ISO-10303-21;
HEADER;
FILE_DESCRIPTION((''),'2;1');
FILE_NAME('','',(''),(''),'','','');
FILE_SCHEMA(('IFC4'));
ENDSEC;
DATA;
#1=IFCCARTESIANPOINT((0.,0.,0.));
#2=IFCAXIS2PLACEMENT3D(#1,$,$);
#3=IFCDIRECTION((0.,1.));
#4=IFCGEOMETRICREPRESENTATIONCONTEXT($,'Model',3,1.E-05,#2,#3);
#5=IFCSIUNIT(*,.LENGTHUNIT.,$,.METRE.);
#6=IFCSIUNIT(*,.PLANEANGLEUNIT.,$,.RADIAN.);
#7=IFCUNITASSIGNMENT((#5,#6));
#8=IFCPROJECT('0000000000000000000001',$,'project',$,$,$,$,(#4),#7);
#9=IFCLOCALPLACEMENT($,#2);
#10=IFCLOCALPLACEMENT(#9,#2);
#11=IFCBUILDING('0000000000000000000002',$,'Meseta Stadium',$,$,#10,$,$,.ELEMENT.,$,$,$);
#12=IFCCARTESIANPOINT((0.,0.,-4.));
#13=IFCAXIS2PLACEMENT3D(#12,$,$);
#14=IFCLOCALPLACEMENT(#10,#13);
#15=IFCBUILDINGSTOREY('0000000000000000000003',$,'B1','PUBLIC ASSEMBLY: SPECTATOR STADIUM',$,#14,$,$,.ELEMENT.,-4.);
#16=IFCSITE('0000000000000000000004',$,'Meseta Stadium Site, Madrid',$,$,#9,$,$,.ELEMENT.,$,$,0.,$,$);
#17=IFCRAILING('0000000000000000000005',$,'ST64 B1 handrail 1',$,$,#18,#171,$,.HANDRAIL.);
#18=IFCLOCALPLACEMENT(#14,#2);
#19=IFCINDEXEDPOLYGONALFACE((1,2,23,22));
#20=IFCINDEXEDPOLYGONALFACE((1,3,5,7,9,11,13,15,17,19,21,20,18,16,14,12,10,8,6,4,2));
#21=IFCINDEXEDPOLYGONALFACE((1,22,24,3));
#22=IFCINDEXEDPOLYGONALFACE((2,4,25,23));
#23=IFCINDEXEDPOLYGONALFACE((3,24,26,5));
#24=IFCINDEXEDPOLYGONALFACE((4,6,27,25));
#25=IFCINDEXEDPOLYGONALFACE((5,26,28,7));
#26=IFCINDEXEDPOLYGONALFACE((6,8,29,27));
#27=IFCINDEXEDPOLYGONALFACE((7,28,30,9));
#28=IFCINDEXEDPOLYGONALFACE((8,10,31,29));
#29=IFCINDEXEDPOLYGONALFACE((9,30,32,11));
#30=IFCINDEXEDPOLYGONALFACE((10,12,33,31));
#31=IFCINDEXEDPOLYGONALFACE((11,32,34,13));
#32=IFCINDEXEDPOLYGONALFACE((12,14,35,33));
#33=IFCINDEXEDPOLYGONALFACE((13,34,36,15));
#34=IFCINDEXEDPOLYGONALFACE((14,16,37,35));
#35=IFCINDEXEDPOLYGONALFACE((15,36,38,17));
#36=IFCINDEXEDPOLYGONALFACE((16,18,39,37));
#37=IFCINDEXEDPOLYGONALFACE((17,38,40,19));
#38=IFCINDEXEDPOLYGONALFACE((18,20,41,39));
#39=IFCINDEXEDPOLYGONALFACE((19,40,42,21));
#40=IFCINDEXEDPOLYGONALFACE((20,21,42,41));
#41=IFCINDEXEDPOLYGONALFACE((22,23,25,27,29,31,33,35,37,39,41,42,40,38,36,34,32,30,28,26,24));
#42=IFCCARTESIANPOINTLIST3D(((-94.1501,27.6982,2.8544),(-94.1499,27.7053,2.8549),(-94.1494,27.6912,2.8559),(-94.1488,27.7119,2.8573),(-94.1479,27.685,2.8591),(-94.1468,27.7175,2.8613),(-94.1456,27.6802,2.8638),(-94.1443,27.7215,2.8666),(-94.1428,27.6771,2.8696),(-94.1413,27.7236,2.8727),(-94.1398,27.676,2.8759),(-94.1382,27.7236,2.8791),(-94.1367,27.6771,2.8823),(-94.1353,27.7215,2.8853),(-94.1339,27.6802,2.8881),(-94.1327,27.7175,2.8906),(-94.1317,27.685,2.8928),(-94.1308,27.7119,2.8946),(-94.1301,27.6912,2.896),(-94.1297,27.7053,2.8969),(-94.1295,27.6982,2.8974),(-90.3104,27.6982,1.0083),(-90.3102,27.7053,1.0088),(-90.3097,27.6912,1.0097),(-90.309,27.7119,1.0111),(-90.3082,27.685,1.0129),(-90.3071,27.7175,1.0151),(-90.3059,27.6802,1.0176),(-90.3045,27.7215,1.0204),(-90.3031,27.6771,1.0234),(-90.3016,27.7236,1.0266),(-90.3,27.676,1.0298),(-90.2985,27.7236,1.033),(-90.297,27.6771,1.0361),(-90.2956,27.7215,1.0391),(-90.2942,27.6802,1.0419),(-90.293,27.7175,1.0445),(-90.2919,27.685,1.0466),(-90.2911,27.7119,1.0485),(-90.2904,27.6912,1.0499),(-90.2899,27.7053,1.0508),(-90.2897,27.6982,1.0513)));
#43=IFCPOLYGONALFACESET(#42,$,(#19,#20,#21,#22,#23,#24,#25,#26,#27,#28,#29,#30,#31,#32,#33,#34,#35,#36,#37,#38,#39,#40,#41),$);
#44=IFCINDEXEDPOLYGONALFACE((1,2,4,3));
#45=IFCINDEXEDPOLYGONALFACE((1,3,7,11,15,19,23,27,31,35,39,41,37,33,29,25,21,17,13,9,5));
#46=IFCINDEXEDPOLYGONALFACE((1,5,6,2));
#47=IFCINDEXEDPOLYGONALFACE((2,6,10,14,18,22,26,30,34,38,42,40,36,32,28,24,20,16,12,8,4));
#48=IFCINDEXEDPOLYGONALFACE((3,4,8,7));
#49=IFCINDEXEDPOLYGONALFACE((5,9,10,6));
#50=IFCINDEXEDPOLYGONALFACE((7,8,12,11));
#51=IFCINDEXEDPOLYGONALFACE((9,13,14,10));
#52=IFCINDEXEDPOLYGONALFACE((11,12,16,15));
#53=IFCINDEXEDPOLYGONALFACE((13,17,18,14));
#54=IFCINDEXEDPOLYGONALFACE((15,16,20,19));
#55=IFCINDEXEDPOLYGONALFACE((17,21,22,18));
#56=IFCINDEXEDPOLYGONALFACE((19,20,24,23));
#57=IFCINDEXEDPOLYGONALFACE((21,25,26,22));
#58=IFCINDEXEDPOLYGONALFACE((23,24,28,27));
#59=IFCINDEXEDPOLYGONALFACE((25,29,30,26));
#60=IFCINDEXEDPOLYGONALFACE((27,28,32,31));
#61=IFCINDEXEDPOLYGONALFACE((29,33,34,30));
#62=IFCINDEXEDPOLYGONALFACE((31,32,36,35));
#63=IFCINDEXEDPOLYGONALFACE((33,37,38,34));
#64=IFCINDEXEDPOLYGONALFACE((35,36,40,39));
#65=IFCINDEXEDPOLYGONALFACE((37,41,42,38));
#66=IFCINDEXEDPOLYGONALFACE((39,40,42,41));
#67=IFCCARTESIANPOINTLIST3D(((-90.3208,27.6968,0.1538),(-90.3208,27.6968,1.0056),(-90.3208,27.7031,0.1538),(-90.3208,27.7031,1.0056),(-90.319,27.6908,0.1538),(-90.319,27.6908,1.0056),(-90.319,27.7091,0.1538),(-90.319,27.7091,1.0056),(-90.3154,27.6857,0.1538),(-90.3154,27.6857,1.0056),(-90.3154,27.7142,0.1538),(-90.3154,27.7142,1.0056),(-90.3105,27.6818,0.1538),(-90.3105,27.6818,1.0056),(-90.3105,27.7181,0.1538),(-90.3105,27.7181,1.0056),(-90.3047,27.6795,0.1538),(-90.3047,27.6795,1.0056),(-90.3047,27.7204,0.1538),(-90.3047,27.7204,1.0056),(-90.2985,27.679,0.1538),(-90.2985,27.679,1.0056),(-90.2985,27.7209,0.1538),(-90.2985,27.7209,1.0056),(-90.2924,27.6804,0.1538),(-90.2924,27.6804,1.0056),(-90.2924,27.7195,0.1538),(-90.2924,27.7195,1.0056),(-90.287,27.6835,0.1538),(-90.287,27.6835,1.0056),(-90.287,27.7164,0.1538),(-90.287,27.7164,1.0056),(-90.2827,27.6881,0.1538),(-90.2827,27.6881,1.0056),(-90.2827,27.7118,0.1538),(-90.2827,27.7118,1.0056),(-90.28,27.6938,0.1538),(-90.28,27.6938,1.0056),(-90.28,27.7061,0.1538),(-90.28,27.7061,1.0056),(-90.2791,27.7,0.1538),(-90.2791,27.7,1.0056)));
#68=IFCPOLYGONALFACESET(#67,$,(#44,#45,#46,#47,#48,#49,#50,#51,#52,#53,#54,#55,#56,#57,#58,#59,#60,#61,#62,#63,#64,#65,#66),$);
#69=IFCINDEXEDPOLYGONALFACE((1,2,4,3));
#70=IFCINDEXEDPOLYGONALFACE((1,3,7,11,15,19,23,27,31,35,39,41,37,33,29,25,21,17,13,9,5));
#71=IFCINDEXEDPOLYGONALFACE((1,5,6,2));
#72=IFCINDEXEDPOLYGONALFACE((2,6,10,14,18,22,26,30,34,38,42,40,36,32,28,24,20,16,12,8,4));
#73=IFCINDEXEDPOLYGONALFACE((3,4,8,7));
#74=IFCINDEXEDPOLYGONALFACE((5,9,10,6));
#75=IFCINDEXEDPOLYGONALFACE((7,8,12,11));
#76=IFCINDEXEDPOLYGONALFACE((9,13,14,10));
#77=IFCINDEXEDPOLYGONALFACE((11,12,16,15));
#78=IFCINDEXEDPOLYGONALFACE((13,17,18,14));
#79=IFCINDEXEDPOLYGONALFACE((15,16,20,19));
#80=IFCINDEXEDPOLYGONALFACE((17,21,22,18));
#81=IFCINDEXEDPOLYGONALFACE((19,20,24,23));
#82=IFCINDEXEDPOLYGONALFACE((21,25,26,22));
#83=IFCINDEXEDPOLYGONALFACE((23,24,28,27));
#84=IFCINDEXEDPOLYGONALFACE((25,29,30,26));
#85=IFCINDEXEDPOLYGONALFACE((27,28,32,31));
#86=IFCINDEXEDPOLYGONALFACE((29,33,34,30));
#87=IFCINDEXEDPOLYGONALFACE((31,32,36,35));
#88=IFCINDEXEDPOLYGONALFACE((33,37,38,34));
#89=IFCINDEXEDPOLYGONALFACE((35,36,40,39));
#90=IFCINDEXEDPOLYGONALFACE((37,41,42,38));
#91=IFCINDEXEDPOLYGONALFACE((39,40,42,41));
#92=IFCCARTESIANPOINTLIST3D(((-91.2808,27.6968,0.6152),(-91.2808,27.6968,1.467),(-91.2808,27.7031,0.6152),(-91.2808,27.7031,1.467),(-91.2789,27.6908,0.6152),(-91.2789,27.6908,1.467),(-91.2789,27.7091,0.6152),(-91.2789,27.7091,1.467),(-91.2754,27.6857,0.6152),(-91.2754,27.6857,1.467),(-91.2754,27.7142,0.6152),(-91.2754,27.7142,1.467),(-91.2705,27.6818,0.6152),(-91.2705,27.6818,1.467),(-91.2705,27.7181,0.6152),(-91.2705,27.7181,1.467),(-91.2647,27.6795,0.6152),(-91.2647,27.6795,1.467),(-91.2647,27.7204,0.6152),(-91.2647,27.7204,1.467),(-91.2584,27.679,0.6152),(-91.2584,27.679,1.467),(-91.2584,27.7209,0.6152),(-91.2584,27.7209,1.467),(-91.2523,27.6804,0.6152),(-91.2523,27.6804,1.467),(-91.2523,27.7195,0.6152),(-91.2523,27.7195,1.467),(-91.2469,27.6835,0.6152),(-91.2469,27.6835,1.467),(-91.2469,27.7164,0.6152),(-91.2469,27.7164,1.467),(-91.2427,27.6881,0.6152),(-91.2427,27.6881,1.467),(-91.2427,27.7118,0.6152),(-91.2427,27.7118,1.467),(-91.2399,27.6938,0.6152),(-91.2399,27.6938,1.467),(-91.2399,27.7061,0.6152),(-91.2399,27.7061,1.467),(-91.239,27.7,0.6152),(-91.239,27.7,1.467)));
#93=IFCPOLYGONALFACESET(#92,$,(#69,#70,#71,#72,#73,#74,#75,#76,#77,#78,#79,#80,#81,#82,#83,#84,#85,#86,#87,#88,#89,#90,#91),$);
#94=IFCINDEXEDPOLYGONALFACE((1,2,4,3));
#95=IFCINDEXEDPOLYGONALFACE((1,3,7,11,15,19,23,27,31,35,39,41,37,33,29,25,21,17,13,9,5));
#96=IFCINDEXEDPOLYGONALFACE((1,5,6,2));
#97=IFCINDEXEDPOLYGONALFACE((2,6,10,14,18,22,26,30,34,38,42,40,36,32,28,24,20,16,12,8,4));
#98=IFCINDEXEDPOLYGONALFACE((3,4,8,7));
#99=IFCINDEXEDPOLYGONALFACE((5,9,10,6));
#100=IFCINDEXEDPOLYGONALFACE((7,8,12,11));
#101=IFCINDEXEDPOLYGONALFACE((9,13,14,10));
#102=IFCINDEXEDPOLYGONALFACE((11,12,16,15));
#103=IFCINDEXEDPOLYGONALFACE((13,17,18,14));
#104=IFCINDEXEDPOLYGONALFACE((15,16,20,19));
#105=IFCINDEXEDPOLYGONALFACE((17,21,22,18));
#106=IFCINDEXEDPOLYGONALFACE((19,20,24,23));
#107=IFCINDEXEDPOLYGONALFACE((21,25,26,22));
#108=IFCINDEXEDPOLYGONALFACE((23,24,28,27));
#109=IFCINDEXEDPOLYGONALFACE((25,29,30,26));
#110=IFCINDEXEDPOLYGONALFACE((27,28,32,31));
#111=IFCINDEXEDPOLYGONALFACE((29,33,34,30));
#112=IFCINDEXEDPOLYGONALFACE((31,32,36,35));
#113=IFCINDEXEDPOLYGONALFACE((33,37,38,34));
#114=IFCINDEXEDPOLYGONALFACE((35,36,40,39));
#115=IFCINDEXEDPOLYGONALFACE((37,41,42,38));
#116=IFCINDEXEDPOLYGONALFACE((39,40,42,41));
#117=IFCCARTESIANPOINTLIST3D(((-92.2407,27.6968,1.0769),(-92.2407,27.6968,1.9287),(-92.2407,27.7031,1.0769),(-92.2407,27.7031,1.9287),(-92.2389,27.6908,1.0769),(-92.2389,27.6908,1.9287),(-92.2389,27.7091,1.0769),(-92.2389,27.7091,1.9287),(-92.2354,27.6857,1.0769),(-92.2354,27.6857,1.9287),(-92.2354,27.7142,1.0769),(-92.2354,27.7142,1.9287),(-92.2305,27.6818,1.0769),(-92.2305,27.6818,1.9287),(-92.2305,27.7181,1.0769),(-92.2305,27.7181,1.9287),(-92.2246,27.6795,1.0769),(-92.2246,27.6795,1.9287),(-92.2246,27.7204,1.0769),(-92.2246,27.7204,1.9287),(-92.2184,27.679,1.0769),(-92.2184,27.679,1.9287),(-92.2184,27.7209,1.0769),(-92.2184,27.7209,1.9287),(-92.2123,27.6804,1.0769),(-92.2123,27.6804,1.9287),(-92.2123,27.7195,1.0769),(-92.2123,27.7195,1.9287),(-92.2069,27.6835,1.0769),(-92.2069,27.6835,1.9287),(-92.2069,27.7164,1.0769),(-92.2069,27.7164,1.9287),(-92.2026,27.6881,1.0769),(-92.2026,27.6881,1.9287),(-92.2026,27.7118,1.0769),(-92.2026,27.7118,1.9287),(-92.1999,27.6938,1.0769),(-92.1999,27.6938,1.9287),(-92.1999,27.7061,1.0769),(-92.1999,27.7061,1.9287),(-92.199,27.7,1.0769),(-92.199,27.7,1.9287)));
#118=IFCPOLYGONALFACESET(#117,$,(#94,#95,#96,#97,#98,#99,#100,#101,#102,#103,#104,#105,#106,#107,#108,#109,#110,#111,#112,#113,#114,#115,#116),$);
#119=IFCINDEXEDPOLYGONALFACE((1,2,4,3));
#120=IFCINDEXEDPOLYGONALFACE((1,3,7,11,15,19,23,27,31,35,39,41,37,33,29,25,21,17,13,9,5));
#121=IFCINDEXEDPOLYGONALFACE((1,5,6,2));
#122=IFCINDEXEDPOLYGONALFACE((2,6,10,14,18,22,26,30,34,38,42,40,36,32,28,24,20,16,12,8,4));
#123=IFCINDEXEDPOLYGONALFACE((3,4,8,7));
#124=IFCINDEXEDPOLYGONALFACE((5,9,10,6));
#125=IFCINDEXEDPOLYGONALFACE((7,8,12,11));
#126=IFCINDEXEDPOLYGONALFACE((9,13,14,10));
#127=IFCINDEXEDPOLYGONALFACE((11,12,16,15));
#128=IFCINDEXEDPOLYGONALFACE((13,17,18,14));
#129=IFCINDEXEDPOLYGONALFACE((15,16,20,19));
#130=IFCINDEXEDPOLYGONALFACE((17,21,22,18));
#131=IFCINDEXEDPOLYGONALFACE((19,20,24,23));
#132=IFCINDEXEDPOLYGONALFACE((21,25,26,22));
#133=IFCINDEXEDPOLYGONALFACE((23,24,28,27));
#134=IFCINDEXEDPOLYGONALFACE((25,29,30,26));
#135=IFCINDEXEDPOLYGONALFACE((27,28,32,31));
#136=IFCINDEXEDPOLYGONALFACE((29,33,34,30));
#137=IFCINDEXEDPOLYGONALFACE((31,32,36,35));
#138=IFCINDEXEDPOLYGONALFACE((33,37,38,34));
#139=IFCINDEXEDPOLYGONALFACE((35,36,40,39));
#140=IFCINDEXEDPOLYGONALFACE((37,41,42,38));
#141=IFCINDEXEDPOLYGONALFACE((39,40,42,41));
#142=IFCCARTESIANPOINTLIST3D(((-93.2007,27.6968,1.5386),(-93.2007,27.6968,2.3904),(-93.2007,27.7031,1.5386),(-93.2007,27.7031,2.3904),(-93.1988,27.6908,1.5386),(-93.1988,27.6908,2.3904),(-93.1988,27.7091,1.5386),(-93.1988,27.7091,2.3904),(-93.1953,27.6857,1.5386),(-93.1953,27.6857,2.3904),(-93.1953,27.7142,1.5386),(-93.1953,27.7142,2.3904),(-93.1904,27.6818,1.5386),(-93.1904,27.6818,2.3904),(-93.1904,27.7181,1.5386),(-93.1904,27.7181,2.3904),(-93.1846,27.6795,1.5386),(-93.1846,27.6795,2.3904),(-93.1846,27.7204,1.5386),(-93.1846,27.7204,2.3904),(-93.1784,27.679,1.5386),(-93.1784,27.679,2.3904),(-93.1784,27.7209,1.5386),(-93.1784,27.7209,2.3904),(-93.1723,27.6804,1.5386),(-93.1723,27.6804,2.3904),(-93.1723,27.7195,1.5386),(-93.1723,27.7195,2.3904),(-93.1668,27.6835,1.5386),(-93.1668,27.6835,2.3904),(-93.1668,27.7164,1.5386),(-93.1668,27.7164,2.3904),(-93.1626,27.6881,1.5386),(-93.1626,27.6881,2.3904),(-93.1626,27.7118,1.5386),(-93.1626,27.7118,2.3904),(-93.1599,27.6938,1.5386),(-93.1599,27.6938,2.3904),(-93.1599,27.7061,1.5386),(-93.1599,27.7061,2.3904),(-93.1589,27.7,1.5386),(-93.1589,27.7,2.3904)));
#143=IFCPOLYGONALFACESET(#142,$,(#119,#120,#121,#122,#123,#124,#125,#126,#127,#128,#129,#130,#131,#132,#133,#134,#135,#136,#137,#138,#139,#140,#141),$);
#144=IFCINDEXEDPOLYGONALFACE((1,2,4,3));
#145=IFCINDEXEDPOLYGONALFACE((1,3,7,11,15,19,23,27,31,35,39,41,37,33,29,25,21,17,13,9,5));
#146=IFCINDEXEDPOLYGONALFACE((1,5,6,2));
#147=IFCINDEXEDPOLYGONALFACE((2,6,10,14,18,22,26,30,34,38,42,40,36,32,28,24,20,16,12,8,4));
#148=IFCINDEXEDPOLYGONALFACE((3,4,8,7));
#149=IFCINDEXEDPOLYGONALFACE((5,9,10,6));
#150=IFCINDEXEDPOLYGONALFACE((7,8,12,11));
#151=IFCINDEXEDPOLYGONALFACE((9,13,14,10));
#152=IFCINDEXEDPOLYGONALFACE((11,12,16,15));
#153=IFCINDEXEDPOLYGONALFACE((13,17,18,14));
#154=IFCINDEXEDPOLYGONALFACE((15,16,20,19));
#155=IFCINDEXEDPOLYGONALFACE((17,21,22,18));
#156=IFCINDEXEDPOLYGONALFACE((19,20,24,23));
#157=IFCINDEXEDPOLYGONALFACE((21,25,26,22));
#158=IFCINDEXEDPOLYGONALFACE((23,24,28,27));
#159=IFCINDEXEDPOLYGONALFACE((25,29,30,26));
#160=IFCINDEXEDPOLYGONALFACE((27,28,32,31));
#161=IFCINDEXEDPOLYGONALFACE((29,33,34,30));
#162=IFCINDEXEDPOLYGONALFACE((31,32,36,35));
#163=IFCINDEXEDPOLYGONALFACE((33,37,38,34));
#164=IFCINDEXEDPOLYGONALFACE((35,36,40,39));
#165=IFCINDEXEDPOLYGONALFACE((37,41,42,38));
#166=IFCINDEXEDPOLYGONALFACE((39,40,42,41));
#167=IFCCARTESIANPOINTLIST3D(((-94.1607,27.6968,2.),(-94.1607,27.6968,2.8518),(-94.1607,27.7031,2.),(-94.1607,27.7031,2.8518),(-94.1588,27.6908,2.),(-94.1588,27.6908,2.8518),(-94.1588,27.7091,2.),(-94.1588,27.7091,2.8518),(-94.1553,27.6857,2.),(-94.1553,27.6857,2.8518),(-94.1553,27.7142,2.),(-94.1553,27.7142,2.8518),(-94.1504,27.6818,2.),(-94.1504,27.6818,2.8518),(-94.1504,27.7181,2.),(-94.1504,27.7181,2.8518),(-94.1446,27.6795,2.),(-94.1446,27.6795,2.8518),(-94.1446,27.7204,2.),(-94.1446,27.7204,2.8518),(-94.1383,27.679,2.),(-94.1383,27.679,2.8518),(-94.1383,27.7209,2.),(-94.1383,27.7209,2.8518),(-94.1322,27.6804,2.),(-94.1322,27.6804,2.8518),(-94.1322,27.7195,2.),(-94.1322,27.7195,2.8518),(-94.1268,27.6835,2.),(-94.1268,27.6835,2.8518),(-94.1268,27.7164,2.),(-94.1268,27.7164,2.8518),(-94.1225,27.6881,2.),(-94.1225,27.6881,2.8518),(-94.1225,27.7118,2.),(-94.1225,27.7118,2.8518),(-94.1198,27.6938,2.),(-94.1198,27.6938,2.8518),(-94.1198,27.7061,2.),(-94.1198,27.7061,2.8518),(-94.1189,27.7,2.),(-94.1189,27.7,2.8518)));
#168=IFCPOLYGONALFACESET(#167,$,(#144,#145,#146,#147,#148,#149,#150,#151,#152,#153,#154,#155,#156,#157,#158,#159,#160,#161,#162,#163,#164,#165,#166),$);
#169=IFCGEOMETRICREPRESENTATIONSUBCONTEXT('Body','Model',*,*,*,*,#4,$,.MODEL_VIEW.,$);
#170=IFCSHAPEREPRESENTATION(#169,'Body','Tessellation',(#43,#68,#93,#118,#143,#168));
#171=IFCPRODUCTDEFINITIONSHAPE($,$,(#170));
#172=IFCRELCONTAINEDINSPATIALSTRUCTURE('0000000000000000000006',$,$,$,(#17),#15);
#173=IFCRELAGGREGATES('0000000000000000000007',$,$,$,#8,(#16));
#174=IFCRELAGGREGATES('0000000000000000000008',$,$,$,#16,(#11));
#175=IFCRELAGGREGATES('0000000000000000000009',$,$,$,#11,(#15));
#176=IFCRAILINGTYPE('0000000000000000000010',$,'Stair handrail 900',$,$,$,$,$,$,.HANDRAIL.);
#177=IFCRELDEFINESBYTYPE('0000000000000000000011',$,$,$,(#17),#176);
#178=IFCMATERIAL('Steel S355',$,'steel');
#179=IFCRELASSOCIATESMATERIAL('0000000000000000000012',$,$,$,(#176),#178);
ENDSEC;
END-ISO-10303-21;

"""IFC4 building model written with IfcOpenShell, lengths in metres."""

from ifc_helpers import new_model, si_unit, direction, frame, origin, origin_2d, place, context, subcontext, project, spatial, circle, extrude, material, type_object, element, save


model = new_model("IFC4")

# Units and contexts
model_context = context("Model", 3, precision=1e-05, world=origin(), true_north=direction((0.0, 1.0)))
body_context = subcontext(model_context, "Body", "Model", "MODEL_VIEW")
ifc_project = project(units=[si_unit("LENGTHUNIT", "METRE"), si_unit("PLANEANGLEUNIT", "RADIAN")], contexts=[model_context])

# Site, building, storey
site_placement = place(None, origin())
site = spatial("IfcSite", under=ifc_project, at=site_placement, Name="Meseta Stadium Site, Madrid", CompositionType="ELEMENT", RefElevation=0.0)
building_placement = place(site_placement, origin())
building = spatial("IfcBuilding", under=site, at=building_placement, Name="Meseta Stadium", CompositionType="ELEMENT")
storey_placement = place(building_placement, frame((0.0, 0.0, -4.0)))
storey = spatial("IfcBuildingStorey", under=building, at=storey_placement, Name="B1", Description="PUBLIC ASSEMBLY: SPECTATOR STADIUM", CompositionType="ELEMENT", Elevation=-4.0)

# Railing
ifc_material_1 = material(Name="Steel S355", Category="steel")
railing_type_1 = type_object("IfcRailingType", Name="Stair handrail 900", PredefinedType="HANDRAIL", material=ifc_material_1)
for number, where, name in (
    (1, (-90.3, 27.7, 0.1538), "ST64 B1 handrail 1"),
):
    element("IfcRailing", number, at=place(storey_placement, frame(where)), inside=storey, type_object=railing_type_1, Name=name, PredefinedType="HANDRAIL", context=body_context, shape_type="SweptSolid", body=[
        extrude(circle(Radius=0.0239, at=origin_2d()), frame((0.0, 0.0, 0.876), z_axis=(-0.901242, 0.0, 0.433316), x_axis=(0.0, -1.0, 0.0)), (0.0, 0.0, 1.0), 4.2605),
        extrude(circle(Radius=0.021, at=origin_2d()), origin(), (0.0, 0.0, 1.0), 0.8518),
        extrude(circle(Radius=0.021, at=origin_2d()), frame((-0.96, 0.0, 0.4614)), (0.0, 0.0, 1.0), 0.8518),
        extrude(circle(Radius=0.021, at=origin_2d()), frame((-1.9199, 0.0, 0.9231)), (0.0, 0.0, 1.0), 0.8518),
        extrude(circle(Radius=0.021, at=origin_2d()), frame((-2.8799, 0.0, 1.3848)), (0.0, 0.0, 1.0), 0.8518),
        extrude(circle(Radius=0.021, at=origin_2d()), frame((-3.8398, 0.0, 1.8462)), (0.0, 0.0, 1.0), 0.8518),
    ])

save(model, "model.ifc")
